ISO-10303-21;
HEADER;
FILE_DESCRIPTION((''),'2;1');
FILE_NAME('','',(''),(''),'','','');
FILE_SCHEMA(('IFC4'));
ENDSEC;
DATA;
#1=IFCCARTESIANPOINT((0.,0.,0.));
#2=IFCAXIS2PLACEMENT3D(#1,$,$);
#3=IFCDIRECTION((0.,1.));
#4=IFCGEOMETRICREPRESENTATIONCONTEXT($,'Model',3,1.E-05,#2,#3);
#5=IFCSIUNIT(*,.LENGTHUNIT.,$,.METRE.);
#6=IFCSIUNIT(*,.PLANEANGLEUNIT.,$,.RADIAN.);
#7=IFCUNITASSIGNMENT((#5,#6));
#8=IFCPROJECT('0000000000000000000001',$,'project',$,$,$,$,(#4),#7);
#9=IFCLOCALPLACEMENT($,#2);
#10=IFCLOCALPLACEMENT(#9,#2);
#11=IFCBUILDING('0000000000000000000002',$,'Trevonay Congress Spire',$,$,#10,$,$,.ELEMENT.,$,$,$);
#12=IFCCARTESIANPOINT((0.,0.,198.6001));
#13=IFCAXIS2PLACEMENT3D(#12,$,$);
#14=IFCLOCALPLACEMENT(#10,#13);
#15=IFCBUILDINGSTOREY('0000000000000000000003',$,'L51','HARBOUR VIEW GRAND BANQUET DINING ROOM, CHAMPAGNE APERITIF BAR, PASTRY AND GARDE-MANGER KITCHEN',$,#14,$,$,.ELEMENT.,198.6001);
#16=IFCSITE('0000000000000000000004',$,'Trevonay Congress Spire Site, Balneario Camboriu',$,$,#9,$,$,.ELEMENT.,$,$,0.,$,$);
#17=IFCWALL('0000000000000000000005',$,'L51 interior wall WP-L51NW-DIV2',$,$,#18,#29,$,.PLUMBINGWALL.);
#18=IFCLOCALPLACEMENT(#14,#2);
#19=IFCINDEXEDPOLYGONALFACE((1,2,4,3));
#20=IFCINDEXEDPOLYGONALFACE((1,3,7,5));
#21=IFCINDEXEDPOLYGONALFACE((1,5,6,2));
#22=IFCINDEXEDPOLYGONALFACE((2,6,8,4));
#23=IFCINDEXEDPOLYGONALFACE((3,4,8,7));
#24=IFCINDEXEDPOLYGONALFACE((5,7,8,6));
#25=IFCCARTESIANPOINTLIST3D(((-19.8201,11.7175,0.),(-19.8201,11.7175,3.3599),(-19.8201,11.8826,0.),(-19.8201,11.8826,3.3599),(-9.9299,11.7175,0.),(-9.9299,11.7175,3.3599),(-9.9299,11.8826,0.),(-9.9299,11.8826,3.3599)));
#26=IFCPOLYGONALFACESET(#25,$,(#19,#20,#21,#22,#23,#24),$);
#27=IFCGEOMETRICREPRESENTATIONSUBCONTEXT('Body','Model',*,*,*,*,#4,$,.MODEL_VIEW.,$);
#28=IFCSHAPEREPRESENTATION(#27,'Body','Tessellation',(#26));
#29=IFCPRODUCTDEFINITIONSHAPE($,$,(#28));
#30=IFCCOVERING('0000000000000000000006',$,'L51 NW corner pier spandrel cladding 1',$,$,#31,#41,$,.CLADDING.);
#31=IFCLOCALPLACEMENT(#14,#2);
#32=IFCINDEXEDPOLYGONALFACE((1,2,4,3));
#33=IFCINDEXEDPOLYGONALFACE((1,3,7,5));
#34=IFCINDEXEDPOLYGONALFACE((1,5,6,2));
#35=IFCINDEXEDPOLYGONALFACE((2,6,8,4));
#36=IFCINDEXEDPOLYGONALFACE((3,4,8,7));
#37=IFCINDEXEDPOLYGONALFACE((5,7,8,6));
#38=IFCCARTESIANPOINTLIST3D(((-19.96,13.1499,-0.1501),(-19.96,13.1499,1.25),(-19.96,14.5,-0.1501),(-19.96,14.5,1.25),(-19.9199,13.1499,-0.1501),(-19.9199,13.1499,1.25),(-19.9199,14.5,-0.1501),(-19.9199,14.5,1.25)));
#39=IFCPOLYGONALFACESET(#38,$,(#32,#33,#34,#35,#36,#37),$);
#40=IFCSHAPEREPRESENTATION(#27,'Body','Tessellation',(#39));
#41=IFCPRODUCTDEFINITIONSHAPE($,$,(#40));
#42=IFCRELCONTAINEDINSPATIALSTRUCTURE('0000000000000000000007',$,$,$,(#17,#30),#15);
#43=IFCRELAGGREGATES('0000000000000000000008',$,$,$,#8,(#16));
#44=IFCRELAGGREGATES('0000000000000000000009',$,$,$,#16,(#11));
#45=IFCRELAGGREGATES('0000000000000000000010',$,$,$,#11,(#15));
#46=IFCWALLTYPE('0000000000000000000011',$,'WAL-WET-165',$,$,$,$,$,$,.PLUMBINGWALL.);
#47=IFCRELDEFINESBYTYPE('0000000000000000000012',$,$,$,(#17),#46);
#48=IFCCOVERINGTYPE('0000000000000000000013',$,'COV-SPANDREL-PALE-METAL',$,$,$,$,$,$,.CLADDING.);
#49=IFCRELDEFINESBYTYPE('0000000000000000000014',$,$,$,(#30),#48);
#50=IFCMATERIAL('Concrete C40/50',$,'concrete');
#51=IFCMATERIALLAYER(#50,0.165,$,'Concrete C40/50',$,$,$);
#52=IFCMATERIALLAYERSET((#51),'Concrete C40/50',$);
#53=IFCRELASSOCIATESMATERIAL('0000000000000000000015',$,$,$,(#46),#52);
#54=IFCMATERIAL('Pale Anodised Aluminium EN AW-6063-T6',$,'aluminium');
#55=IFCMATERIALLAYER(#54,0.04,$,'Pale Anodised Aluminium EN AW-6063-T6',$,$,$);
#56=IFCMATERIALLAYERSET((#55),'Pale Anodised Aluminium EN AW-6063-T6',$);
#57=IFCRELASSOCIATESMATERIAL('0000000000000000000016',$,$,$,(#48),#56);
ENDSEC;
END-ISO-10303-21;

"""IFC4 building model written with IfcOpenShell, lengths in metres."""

from ifc_helpers import new_model, si_unit, direction, frame, frame_2d, origin, place, context, subcontext, project, spatial, rectangle, extrude, material, layer, layer_set, type_object, element, save


model = new_model("IFC4")

# Units and contexts
model_context = context("Model", 3, precision=1e-05, world=origin(), true_north=direction((0.0, 1.0)))
body_context = subcontext(model_context, "Body", "Model", "MODEL_VIEW")
ifc_project = project(units=[si_unit("LENGTHUNIT", "METRE"), si_unit("PLANEANGLEUNIT", "RADIAN")], contexts=[model_context])

# Site, building, storey
site_placement = place(None, origin())
site = spatial("IfcSite", under=ifc_project, at=site_placement, Name="Trevonay Congress Spire Site, Balneario Camboriu", CompositionType="ELEMENT", RefElevation=0.0)
building_placement = place(site_placement, origin())
building = spatial("IfcBuilding", under=site, at=building_placement, Name="Trevonay Congress Spire", CompositionType="ELEMENT")
storey_placement = place(building_placement, frame((0.0, 0.0, 198.6001)))
storey = spatial("IfcBuildingStorey", under=building, at=storey_placement, Name="L51", Description="HARBOUR VIEW GRAND BANQUET DINING ROOM, CHAMPAGNE APERITIF BAR, PASTRY AND GARDE-MANGER KITCHEN", CompositionType="ELEMENT", Elevation=198.6001)

# Shared definitions
ifc_material_1 = material(Name="Pale Anodised Aluminium EN AW-6063-T6", Category="aluminium")

# Shared definitions
ifc_material_2 = material(Name="Concrete C40/50", Category="concrete")

# Wall
ifc_layer_1 = layer(ifc_material_2, 0.165, Name="Concrete C40/50")
ifc_layer_set_1 = layer_set([ifc_layer_1], Name="Concrete C40/50")
wall_type_1 = type_object("IfcWallType", Name="WAL-WET-165", PredefinedType="PLUMBINGWALL", material=ifc_layer_set_1)
wall_1_placement = place(storey_placement, frame((-19.8201, 11.8, 0.0), z_axis=(0.0, 0.0, 1.0), x_axis=(1.0, 0.0, 0.0)))
element("IfcWall", 1, at=wall_1_placement, inside=storey, type_object=wall_type_1, Name="L51 interior wall WP-L51NW-DIV2", PredefinedType="PLUMBINGWALL", context=body_context, shape_type="SweptSolid", body=[
    extrude(rectangle(XDim=9.8901, YDim=0.165, at=frame_2d((4.9451, 0.0))), origin(), (0.0, 0.0, 1.0), 3.3599),
])

# Covering
ifc_layer_2 = layer(ifc_material_1, 0.04, Name="Pale Anodised Aluminium EN AW-6063-T6")
ifc_layer_set_2 = layer_set([ifc_layer_2], Name="Pale Anodised Aluminium EN AW-6063-T6")
covering_type = type_object("IfcCoveringType", Name="COV-SPANDREL-PALE-METAL", PredefinedType="CLADDING", material=ifc_layer_set_2)
covering_placement = place(storey_placement, frame((-19.9399, 13.1499, -0.1501), z_axis=(0.0, 0.0, 1.0), x_axis=(0.0, 1.0, 0.0)))
element("IfcCovering", 2, at=covering_placement, inside=storey, type_object=covering_type, Name="L51 NW corner pier spandrel cladding 1", PredefinedType="CLADDING", context=body_context, shape_type="SweptSolid", body=[
    extrude(rectangle(XDim=1.3501, YDim=0.04, at=frame_2d((0.675, 0.0))), origin(), (0.0, 0.0, 1.0), 1.4001),
])

save(model, "model.ifc")
